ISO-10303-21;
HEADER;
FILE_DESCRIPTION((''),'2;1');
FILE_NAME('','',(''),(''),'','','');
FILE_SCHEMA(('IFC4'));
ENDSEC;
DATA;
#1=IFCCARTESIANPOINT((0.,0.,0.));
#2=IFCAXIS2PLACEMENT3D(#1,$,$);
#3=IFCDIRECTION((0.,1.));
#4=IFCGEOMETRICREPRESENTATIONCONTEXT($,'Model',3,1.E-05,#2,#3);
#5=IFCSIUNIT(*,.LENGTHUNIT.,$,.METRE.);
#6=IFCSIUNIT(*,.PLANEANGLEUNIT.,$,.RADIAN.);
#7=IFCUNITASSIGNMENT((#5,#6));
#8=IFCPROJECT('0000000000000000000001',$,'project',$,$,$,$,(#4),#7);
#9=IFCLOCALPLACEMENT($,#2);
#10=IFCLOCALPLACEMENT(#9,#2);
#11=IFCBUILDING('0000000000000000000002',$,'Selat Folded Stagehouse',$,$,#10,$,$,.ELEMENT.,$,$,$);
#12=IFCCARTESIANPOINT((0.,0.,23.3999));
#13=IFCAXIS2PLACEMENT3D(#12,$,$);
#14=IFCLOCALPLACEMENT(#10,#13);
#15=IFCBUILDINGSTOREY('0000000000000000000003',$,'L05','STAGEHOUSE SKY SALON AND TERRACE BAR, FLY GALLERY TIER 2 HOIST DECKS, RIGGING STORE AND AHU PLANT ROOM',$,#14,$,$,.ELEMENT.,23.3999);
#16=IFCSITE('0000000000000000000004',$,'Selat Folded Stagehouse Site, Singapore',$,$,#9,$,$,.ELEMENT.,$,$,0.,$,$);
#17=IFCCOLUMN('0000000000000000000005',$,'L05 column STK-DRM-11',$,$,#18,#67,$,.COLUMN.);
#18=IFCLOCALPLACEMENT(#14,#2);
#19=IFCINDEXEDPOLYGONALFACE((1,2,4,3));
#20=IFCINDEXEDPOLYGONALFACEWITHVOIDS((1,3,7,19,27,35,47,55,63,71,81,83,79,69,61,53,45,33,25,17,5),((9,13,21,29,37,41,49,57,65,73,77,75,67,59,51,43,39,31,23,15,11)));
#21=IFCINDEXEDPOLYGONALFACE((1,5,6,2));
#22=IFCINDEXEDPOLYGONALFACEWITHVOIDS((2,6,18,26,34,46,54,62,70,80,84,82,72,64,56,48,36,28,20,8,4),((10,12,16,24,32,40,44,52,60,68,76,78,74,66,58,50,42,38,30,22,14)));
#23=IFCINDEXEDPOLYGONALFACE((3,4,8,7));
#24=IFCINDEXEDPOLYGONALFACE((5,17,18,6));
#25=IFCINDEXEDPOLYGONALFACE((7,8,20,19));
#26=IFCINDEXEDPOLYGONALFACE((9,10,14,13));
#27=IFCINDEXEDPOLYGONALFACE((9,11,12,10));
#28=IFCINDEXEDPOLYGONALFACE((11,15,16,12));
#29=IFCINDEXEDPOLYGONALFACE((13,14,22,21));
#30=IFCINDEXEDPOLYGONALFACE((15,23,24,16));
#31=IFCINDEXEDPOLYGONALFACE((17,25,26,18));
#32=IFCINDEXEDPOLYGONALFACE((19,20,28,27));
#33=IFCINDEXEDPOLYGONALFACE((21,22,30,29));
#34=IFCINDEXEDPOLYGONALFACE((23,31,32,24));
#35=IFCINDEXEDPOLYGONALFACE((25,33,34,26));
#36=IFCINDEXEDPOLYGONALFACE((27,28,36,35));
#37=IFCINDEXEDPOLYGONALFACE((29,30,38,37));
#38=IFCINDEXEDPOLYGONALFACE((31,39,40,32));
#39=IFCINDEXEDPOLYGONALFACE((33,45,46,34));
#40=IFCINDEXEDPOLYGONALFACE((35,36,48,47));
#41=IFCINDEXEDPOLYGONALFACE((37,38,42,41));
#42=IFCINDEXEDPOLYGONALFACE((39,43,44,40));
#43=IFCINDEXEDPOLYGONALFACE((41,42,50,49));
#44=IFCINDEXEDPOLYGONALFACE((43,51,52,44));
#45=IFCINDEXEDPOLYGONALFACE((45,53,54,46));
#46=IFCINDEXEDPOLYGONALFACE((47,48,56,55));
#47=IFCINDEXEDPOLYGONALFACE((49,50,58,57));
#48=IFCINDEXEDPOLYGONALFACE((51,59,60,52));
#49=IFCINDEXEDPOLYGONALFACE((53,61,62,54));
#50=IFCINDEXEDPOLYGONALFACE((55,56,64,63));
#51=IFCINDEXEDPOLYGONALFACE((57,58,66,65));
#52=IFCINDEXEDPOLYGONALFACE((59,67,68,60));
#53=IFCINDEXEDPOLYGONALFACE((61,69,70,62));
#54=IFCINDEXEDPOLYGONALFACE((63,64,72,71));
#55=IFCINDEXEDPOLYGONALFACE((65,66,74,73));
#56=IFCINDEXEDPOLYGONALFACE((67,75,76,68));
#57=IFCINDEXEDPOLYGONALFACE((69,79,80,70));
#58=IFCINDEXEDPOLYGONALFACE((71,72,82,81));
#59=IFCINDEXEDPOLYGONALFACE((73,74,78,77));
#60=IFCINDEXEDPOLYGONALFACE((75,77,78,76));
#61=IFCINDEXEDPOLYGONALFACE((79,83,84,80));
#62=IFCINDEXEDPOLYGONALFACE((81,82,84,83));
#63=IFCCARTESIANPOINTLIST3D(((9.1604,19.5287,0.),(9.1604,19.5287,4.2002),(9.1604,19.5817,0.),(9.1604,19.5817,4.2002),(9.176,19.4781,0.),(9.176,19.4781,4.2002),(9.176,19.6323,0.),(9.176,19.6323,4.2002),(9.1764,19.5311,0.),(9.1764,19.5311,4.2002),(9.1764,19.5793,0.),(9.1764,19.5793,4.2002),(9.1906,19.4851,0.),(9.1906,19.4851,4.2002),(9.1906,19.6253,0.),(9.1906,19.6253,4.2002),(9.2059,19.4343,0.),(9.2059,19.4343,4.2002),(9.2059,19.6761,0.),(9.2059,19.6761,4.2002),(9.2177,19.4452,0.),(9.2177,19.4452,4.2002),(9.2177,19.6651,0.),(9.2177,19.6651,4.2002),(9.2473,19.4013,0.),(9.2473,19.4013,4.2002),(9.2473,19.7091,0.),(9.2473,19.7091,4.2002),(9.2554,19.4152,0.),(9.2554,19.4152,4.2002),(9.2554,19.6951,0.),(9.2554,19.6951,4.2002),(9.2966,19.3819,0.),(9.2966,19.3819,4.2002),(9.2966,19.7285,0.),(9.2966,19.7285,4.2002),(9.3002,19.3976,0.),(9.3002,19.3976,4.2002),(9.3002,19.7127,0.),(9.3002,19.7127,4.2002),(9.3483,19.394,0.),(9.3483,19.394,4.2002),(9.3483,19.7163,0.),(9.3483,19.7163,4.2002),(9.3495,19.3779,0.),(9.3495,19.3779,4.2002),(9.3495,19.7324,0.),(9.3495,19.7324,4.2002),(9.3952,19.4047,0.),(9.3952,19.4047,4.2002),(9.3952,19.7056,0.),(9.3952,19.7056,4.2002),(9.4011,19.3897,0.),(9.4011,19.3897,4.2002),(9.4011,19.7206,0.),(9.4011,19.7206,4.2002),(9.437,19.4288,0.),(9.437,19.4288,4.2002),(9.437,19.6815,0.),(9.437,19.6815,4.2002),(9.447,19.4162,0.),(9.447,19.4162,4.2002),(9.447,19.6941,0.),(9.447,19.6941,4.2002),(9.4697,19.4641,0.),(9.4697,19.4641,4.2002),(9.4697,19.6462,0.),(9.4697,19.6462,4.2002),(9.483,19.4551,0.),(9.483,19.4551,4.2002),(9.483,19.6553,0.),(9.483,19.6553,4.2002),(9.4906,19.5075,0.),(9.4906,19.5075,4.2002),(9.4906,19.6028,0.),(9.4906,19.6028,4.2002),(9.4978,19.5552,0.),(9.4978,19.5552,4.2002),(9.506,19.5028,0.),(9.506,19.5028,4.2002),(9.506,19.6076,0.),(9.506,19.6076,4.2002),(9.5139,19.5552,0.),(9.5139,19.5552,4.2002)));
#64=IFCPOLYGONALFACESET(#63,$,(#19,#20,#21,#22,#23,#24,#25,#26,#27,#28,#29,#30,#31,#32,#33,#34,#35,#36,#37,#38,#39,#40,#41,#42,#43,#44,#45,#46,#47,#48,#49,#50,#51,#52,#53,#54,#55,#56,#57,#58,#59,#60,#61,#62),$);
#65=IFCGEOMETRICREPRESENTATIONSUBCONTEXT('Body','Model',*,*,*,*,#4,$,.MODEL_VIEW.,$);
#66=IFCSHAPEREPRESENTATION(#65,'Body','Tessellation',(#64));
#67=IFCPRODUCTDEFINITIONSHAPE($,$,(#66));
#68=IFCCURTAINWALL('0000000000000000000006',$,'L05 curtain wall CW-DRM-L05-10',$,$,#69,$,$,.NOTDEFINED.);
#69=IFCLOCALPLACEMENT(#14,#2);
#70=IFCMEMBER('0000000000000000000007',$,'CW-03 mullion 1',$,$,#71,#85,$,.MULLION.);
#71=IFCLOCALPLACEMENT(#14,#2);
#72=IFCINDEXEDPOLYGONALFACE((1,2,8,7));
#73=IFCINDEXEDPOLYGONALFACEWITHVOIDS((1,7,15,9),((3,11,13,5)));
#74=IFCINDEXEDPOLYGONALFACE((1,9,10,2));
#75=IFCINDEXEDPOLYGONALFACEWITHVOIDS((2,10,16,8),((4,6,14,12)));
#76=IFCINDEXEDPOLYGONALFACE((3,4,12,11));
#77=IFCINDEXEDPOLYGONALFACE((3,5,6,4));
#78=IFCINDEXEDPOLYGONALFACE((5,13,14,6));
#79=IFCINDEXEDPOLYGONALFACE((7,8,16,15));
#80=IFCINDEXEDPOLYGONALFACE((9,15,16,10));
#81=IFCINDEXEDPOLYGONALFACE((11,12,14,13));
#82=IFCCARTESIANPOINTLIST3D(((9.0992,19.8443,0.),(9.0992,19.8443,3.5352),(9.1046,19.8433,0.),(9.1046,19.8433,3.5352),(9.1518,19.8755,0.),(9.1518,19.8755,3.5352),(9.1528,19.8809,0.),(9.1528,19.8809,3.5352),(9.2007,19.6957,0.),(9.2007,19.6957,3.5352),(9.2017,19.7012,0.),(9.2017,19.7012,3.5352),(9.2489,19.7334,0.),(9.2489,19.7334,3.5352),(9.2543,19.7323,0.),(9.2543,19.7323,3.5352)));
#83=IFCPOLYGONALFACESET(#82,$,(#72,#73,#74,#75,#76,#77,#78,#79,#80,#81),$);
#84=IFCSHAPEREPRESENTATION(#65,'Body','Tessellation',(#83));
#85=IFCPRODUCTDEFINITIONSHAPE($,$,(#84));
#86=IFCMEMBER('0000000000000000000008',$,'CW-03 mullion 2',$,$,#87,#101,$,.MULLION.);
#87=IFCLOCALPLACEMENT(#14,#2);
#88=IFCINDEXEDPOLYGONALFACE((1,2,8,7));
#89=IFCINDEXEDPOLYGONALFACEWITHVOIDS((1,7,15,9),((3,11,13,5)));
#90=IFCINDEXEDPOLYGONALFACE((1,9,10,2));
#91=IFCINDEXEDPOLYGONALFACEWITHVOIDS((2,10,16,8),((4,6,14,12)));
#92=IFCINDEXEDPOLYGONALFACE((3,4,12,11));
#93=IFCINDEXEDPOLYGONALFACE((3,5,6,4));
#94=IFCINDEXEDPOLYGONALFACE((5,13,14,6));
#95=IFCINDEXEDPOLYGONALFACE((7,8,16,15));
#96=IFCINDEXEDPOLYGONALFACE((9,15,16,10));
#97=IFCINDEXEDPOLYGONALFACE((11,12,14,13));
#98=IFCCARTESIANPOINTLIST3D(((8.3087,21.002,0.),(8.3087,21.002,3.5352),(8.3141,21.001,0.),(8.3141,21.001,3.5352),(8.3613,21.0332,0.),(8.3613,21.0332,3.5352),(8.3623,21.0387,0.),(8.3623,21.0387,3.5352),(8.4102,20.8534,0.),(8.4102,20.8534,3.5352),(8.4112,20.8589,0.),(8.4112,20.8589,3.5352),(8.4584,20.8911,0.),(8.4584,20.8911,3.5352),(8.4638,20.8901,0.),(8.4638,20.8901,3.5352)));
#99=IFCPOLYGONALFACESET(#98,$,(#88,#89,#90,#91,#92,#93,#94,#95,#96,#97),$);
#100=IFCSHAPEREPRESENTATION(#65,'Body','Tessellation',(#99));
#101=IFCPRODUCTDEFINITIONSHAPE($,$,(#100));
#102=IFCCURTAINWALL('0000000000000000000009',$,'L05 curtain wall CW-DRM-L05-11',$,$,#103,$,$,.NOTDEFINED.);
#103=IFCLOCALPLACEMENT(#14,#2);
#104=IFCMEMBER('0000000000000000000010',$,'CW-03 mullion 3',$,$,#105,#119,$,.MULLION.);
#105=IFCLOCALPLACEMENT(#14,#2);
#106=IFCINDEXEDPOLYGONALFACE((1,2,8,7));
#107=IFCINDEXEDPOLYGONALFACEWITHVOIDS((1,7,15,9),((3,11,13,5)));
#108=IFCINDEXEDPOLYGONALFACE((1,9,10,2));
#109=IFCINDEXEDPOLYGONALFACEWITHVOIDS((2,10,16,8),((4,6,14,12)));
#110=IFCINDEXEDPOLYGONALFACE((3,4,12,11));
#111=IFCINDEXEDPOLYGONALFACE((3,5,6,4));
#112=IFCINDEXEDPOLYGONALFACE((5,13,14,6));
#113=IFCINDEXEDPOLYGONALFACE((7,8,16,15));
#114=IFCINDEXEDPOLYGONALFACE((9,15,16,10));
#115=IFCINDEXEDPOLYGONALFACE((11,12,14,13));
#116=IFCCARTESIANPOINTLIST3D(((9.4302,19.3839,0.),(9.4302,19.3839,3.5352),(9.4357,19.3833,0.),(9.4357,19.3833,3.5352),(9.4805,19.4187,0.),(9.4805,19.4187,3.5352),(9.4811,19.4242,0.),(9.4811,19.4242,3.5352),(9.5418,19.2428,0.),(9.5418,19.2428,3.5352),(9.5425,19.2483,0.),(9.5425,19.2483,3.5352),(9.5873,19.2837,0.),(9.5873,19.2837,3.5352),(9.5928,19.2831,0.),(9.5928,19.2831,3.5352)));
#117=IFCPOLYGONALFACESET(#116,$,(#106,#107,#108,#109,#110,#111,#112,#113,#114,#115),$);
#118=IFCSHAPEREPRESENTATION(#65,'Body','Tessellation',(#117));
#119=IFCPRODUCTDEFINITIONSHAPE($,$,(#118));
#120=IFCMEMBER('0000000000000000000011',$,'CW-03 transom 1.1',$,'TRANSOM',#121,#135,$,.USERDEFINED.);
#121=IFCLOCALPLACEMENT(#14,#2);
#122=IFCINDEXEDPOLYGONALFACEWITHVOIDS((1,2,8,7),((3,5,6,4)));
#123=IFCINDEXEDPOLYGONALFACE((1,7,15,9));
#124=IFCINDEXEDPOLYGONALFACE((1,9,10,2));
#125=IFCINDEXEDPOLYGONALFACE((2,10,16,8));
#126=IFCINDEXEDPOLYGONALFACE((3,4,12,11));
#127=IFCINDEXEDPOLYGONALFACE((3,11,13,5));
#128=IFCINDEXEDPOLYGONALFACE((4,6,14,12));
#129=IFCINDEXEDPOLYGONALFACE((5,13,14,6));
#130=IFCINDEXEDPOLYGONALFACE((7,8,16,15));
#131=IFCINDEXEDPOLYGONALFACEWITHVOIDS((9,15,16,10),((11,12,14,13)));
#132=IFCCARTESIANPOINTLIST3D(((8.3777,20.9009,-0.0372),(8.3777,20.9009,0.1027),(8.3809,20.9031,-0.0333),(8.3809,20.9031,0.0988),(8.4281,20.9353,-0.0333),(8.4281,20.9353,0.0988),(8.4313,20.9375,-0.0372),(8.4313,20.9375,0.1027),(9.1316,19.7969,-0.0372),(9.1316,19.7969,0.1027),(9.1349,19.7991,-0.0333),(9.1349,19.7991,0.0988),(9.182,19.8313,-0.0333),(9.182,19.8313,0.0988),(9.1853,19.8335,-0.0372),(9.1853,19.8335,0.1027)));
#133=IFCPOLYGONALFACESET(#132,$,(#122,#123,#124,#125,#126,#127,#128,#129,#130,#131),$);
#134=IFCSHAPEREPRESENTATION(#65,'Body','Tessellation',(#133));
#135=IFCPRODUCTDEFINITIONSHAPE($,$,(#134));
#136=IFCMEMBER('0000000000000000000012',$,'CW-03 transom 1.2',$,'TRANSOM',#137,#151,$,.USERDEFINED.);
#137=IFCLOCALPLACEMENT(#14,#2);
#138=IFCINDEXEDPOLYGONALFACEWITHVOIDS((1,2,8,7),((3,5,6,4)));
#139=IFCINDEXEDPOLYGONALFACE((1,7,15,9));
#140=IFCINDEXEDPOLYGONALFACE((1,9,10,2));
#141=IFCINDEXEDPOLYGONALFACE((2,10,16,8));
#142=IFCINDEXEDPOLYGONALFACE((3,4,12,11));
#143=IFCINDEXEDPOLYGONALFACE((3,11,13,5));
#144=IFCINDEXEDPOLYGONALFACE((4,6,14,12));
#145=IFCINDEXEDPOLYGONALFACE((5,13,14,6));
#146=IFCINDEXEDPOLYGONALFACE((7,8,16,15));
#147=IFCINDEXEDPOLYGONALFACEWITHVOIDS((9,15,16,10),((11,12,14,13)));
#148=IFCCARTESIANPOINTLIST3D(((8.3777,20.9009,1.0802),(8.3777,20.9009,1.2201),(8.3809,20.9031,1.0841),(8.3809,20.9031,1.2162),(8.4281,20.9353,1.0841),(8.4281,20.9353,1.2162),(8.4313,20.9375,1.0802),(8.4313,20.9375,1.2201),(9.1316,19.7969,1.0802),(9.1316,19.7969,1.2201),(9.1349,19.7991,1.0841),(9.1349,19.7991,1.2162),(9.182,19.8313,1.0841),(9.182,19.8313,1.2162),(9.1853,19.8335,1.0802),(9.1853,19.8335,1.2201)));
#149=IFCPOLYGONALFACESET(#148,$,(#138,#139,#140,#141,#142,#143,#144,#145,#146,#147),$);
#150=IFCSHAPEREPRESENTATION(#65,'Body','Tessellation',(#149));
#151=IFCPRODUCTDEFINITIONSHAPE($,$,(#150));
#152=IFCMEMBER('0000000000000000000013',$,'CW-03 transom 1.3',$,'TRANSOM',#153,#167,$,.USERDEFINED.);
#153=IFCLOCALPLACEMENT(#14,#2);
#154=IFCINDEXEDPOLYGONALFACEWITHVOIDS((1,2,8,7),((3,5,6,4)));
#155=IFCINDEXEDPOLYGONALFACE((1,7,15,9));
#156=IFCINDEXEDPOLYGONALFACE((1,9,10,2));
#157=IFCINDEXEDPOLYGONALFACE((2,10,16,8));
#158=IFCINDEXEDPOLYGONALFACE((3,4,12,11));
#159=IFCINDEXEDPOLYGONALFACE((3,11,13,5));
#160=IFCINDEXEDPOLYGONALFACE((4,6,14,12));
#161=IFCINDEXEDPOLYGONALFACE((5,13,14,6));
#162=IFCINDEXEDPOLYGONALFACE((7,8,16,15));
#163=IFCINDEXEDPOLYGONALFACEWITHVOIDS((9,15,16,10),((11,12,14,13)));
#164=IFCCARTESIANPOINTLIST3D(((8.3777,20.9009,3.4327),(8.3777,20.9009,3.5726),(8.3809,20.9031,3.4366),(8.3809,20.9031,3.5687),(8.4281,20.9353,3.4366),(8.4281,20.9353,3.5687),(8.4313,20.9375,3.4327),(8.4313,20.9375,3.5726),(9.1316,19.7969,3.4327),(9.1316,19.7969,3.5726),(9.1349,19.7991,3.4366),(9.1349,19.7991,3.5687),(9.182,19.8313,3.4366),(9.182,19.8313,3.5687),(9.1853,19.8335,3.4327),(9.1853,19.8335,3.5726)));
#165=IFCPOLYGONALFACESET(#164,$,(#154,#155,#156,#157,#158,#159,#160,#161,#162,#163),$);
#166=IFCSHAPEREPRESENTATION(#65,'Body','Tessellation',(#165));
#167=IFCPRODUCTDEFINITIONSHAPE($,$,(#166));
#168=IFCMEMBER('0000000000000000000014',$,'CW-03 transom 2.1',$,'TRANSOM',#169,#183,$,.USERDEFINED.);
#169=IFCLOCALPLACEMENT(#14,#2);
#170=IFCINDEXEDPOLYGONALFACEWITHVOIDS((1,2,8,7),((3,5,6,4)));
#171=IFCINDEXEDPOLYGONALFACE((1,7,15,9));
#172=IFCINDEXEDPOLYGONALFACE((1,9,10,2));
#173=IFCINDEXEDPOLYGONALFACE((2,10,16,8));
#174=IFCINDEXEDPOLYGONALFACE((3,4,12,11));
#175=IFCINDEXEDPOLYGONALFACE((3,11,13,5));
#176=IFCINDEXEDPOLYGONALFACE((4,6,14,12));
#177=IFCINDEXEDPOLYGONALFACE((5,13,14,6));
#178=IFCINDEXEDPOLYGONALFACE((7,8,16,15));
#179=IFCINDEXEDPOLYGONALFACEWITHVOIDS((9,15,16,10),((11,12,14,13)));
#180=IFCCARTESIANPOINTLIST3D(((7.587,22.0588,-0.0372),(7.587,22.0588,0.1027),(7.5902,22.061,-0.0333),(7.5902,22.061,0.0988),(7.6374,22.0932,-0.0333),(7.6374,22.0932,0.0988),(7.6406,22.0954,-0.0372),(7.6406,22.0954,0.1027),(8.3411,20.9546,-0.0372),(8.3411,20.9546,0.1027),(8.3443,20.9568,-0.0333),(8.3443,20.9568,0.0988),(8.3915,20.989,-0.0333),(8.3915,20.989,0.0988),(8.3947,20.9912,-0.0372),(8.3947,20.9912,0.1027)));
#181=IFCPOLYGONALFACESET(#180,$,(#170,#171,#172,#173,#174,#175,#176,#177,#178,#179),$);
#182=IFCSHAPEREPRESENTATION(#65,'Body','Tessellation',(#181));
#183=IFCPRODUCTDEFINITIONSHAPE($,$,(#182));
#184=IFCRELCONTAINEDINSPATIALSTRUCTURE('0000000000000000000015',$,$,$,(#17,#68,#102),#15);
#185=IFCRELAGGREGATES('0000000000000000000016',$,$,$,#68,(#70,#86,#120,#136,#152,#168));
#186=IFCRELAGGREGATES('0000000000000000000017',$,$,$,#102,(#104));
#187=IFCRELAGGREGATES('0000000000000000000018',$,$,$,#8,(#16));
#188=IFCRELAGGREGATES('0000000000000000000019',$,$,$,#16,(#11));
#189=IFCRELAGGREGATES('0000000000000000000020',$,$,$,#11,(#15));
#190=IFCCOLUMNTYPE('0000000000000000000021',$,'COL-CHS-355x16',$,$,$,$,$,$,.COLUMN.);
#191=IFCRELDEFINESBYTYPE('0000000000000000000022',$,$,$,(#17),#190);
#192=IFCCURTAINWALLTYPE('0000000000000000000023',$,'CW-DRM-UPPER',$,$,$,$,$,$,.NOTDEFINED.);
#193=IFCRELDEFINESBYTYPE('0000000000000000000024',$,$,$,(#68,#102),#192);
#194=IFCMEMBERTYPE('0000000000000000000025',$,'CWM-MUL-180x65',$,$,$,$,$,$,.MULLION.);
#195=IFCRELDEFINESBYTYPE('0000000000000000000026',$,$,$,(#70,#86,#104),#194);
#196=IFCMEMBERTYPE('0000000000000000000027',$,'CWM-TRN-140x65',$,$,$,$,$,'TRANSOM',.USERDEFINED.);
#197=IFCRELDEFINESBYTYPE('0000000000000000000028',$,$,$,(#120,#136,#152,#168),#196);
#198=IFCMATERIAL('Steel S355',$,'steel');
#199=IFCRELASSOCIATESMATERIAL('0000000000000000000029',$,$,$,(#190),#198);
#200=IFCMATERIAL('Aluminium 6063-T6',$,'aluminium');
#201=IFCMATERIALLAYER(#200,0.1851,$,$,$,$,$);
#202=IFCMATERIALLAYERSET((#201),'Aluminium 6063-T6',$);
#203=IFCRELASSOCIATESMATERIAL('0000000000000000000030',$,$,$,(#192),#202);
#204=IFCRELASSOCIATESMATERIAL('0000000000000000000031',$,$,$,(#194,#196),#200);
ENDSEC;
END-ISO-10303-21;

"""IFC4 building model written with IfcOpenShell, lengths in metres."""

from ifc_helpers import new_model, si_unit, direction, frame, origin, origin_2d, place, context, subcontext, project, spatial, hollow_rectangle, hollow_circle, extrude, material, layer, layer_set, material_profile, profile_set, type_object, element, aggregate, save


model = new_model("IFC4")

# Units and contexts
model_context = context("Model", 3, precision=1e-05, world=origin(), true_north=direction((0.0, 1.0)))
body_context = subcontext(model_context, "Body", "Model", "MODEL_VIEW")
ifc_project = project(units=[si_unit("LENGTHUNIT", "METRE"), si_unit("PLANEANGLEUNIT", "RADIAN")], contexts=[model_context])

# Site, building, storey
site_placement = place(None, origin())
site = spatial("IfcSite", under=ifc_project, at=site_placement, Name="Selat Folded Stagehouse Site, Singapore", CompositionType="ELEMENT", RefElevation=0.0)
building_placement = place(site_placement, origin())
building = spatial("IfcBuilding", under=site, at=building_placement, Name="Selat Folded Stagehouse", CompositionType="ELEMENT")
storey_placement = place(building_placement, frame((0.0, 0.0, 23.3999)))
storey = spatial("IfcBuildingStorey", under=building, at=storey_placement, Name="L05", Description="STAGEHOUSE SKY SALON AND TERRACE BAR, FLY GALLERY TIER 2 HOIST DECKS, RIGGING STORE AND AHU PLANT ROOM", CompositionType="ELEMENT", Elevation=23.3999)

# Column
ifc_material_1 = material(Name="Steel S355", Category="steel")
ifc_material_profile_1 = material_profile(ifc_material_1, hollow_circle(Radius=0.1777, WallThickness=0.0161, at=origin_2d()), Name="CHS 355.6x16.0")
ifc_profile_set_1 = profile_set([ifc_material_profile_1], Name="Steel S355")
column_type = type_object("IfcColumnType", Name="COL-CHS-355x16", PredefinedType="COLUMN", material=ifc_profile_set_1)
column_placement = place(storey_placement, frame((9.3362, 19.5552, 0.0), z_axis=(0.0, 0.0, 1.0), x_axis=(1.0, 0.0, 0.0)))
element("IfcColumn", 1, at=column_placement, inside=storey, type_object=column_type, Name="L05 column STK-DRM-11", PredefinedType="COLUMN", context=body_context, shape_type="SweptSolid", body=[
    extrude(hollow_circle(Radius=0.1777, WallThickness=0.0161, at=origin_2d()), origin(), (0.0, 0.0, 1.0), 4.2002),
])

# Curtain wall, members
ifc_material_2 = material(Name="Aluminium 6063-T6", Category="aluminium")
ifc_layer_1 = layer(ifc_material_2, 0.1851)
ifc_layer_set_1 = layer_set([ifc_layer_1], Name="Aluminium 6063-T6")
curtain_wall_type = type_object("IfcCurtainWallType", Name="CW-DRM-UPPER", PredefinedType="NOTDEFINED", material=ifc_layer_set_1)
curtain_wall_1_placement = place(storey_placement, origin())
curtain_wall_1 = element("IfcCurtainWall", 2, at=curtain_wall_1_placement, inside=storey, type_object=curtain_wall_type, Name="L05 curtain wall CW-DRM-L05-10", PredefinedType="NOTDEFINED")
ifc_material_profile_2 = material_profile(ifc_material_2, hollow_rectangle(XDim=0.0649, YDim=0.1799, WallThickness=0.0039, at=origin_2d()), Name="ALU 180x65x4.0")
ifc_profile_set_2 = profile_set([ifc_material_profile_2], Name="Aluminium 6063-T6")
member_type_1 = type_object("IfcMemberType", Name="CWM-MUL-180x65", PredefinedType="MULLION", material=ifc_profile_set_2)
member_1_placement = place(storey_placement, frame((9.1768, 19.7883, 0.0), z_axis=(0.0, 0.0, 1.0), x_axis=(-0.82581, -0.563948, 0.0)))
member_1 = element("IfcMember", 3, at=member_1_placement, type_object=member_type_1, Name="CW-03 mullion 1", PredefinedType="MULLION", context=body_context, shape_type="SweptSolid", body=[
    extrude(hollow_rectangle(XDim=0.0649, YDim=0.1799, WallThickness=0.0039, at=origin_2d()), origin(), (0.0, 0.0, 1.0), 3.5352),
])
member_2_placement = place(storey_placement, frame((8.3862, 20.946, 0.0), z_axis=(0.0, 0.0, 1.0), x_axis=(-0.82581, -0.563948, 0.0)))
member_2 = element("IfcMember", 4, at=member_2_placement, type_object=member_type_1, Name="CW-03 mullion 2", PredefinedType="MULLION", context=body_context, shape_type="SweptSolid", body=[
    extrude(hollow_rectangle(XDim=0.0649, YDim=0.1799, WallThickness=0.0039, at=origin_2d()), origin(), (0.0, 0.0, 1.0), 3.5352),
])

# Curtain wall, member
curtain_wall_2_placement = place(storey_placement, origin())
curtain_wall_2 = element("IfcCurtainWall", 5, at=curtain_wall_2_placement, inside=storey, type_object=curtain_wall_type, Name="L05 curtain wall CW-DRM-L05-11", PredefinedType="NOTDEFINED")
member_3_placement = place(storey_placement, frame((9.5115, 19.3335, 0.0), z_axis=(0.0, 0.0, 1.0), x_axis=(-0.78418, -0.620533, 0.0)))
member_3 = element("IfcMember", 6, at=member_3_placement, type_object=member_type_1, Name="CW-03 mullion 3", PredefinedType="MULLION", context=body_context, shape_type="SweptSolid", body=[
    extrude(hollow_rectangle(XDim=0.0649, YDim=0.1799, WallThickness=0.0039, at=origin_2d()), origin(), (0.0, 0.0, 1.0), 3.5352),
])

# Members
ifc_material_profile_3 = material_profile(ifc_material_2, hollow_rectangle(XDim=0.0649, YDim=0.1399, WallThickness=0.0039, at=origin_2d()), Name="ALU 140x65x4.0")
ifc_profile_set_3 = profile_set([ifc_material_profile_3], Name="Aluminium 6063-T6")
member_type_2 = type_object("IfcMemberType", Name="CWM-TRN-140x65", ElementType="TRANSOM", PredefinedType="USERDEFINED", material=ifc_profile_set_3)
member_4_placement = place(storey_placement, frame((9.1584, 19.8152, 0.0327), z_axis=(-0.563937, 0.825818, 0.0), x_axis=(-0.825818, -0.563937, 0.0)))
member_4 = element("IfcMember", 7, at=member_4_placement, type_object=member_type_2, Name="CW-03 transom 1.1", ObjectType="TRANSOM", PredefinedType="USERDEFINED", context=body_context, shape_type="SweptSolid", body=[
    extrude(hollow_rectangle(XDim=0.0649, YDim=0.1399, WallThickness=0.0039, at=origin_2d()), origin(), (0.0, 0.0, 1.0), 1.3369),
])
member_5_placement = place(storey_placement, frame((9.1584, 19.8152, 1.1501), z_axis=(-0.563937, 0.825818, 0.0), x_axis=(-0.825818, -0.563937, 0.0)))
member_5 = element("IfcMember", 8, at=member_5_placement, type_object=member_type_2, Name="CW-03 transom 1.2", ObjectType="TRANSOM", PredefinedType="USERDEFINED", context=body_context, shape_type="SweptSolid", body=[
    extrude(hollow_rectangle(XDim=0.0649, YDim=0.1399, WallThickness=0.0039, at=origin_2d()), origin(), (0.0, 0.0, 1.0), 1.3369),
])
member_6_placement = place(storey_placement, frame((9.1584, 19.8152, 3.5027), z_axis=(-0.563937, 0.825818, 0.0), x_axis=(-0.825818, -0.563937, 0.0)))
member_6 = element("IfcMember", 9, at=member_6_placement, type_object=member_type_2, Name="CW-03 transom 1.3", ObjectType="TRANSOM", PredefinedType="USERDEFINED", context=body_context, shape_type="SweptSolid", body=[
    extrude(hollow_rectangle(XDim=0.0649, YDim=0.1399, WallThickness=0.0039, at=origin_2d()), origin(), (0.0, 0.0, 1.0), 1.3369),
])
member_7_placement = place(storey_placement, frame((8.3679, 20.9729, 0.0327), z_axis=(-0.563977, 0.825791, 0.0), x_axis=(-0.825791, -0.563977, 0.0)))
member_7 = element("IfcMember", 10, at=member_7_placement, type_object=member_type_2, Name="CW-03 transom 2.1", ObjectType="TRANSOM", PredefinedType="USERDEFINED", context=body_context, shape_type="SweptSolid", body=[
    extrude(hollow_rectangle(XDim=0.0649, YDim=0.1399, WallThickness=0.0039, at=origin_2d()), origin(), (0.0, 0.0, 1.0), 1.3372),
])

aggregate(curtain_wall_1, [member_1, member_2, member_4, member_5, member_6, member_7])
aggregate(curtain_wall_2, [member_3])

save(model, "model.ifc")
